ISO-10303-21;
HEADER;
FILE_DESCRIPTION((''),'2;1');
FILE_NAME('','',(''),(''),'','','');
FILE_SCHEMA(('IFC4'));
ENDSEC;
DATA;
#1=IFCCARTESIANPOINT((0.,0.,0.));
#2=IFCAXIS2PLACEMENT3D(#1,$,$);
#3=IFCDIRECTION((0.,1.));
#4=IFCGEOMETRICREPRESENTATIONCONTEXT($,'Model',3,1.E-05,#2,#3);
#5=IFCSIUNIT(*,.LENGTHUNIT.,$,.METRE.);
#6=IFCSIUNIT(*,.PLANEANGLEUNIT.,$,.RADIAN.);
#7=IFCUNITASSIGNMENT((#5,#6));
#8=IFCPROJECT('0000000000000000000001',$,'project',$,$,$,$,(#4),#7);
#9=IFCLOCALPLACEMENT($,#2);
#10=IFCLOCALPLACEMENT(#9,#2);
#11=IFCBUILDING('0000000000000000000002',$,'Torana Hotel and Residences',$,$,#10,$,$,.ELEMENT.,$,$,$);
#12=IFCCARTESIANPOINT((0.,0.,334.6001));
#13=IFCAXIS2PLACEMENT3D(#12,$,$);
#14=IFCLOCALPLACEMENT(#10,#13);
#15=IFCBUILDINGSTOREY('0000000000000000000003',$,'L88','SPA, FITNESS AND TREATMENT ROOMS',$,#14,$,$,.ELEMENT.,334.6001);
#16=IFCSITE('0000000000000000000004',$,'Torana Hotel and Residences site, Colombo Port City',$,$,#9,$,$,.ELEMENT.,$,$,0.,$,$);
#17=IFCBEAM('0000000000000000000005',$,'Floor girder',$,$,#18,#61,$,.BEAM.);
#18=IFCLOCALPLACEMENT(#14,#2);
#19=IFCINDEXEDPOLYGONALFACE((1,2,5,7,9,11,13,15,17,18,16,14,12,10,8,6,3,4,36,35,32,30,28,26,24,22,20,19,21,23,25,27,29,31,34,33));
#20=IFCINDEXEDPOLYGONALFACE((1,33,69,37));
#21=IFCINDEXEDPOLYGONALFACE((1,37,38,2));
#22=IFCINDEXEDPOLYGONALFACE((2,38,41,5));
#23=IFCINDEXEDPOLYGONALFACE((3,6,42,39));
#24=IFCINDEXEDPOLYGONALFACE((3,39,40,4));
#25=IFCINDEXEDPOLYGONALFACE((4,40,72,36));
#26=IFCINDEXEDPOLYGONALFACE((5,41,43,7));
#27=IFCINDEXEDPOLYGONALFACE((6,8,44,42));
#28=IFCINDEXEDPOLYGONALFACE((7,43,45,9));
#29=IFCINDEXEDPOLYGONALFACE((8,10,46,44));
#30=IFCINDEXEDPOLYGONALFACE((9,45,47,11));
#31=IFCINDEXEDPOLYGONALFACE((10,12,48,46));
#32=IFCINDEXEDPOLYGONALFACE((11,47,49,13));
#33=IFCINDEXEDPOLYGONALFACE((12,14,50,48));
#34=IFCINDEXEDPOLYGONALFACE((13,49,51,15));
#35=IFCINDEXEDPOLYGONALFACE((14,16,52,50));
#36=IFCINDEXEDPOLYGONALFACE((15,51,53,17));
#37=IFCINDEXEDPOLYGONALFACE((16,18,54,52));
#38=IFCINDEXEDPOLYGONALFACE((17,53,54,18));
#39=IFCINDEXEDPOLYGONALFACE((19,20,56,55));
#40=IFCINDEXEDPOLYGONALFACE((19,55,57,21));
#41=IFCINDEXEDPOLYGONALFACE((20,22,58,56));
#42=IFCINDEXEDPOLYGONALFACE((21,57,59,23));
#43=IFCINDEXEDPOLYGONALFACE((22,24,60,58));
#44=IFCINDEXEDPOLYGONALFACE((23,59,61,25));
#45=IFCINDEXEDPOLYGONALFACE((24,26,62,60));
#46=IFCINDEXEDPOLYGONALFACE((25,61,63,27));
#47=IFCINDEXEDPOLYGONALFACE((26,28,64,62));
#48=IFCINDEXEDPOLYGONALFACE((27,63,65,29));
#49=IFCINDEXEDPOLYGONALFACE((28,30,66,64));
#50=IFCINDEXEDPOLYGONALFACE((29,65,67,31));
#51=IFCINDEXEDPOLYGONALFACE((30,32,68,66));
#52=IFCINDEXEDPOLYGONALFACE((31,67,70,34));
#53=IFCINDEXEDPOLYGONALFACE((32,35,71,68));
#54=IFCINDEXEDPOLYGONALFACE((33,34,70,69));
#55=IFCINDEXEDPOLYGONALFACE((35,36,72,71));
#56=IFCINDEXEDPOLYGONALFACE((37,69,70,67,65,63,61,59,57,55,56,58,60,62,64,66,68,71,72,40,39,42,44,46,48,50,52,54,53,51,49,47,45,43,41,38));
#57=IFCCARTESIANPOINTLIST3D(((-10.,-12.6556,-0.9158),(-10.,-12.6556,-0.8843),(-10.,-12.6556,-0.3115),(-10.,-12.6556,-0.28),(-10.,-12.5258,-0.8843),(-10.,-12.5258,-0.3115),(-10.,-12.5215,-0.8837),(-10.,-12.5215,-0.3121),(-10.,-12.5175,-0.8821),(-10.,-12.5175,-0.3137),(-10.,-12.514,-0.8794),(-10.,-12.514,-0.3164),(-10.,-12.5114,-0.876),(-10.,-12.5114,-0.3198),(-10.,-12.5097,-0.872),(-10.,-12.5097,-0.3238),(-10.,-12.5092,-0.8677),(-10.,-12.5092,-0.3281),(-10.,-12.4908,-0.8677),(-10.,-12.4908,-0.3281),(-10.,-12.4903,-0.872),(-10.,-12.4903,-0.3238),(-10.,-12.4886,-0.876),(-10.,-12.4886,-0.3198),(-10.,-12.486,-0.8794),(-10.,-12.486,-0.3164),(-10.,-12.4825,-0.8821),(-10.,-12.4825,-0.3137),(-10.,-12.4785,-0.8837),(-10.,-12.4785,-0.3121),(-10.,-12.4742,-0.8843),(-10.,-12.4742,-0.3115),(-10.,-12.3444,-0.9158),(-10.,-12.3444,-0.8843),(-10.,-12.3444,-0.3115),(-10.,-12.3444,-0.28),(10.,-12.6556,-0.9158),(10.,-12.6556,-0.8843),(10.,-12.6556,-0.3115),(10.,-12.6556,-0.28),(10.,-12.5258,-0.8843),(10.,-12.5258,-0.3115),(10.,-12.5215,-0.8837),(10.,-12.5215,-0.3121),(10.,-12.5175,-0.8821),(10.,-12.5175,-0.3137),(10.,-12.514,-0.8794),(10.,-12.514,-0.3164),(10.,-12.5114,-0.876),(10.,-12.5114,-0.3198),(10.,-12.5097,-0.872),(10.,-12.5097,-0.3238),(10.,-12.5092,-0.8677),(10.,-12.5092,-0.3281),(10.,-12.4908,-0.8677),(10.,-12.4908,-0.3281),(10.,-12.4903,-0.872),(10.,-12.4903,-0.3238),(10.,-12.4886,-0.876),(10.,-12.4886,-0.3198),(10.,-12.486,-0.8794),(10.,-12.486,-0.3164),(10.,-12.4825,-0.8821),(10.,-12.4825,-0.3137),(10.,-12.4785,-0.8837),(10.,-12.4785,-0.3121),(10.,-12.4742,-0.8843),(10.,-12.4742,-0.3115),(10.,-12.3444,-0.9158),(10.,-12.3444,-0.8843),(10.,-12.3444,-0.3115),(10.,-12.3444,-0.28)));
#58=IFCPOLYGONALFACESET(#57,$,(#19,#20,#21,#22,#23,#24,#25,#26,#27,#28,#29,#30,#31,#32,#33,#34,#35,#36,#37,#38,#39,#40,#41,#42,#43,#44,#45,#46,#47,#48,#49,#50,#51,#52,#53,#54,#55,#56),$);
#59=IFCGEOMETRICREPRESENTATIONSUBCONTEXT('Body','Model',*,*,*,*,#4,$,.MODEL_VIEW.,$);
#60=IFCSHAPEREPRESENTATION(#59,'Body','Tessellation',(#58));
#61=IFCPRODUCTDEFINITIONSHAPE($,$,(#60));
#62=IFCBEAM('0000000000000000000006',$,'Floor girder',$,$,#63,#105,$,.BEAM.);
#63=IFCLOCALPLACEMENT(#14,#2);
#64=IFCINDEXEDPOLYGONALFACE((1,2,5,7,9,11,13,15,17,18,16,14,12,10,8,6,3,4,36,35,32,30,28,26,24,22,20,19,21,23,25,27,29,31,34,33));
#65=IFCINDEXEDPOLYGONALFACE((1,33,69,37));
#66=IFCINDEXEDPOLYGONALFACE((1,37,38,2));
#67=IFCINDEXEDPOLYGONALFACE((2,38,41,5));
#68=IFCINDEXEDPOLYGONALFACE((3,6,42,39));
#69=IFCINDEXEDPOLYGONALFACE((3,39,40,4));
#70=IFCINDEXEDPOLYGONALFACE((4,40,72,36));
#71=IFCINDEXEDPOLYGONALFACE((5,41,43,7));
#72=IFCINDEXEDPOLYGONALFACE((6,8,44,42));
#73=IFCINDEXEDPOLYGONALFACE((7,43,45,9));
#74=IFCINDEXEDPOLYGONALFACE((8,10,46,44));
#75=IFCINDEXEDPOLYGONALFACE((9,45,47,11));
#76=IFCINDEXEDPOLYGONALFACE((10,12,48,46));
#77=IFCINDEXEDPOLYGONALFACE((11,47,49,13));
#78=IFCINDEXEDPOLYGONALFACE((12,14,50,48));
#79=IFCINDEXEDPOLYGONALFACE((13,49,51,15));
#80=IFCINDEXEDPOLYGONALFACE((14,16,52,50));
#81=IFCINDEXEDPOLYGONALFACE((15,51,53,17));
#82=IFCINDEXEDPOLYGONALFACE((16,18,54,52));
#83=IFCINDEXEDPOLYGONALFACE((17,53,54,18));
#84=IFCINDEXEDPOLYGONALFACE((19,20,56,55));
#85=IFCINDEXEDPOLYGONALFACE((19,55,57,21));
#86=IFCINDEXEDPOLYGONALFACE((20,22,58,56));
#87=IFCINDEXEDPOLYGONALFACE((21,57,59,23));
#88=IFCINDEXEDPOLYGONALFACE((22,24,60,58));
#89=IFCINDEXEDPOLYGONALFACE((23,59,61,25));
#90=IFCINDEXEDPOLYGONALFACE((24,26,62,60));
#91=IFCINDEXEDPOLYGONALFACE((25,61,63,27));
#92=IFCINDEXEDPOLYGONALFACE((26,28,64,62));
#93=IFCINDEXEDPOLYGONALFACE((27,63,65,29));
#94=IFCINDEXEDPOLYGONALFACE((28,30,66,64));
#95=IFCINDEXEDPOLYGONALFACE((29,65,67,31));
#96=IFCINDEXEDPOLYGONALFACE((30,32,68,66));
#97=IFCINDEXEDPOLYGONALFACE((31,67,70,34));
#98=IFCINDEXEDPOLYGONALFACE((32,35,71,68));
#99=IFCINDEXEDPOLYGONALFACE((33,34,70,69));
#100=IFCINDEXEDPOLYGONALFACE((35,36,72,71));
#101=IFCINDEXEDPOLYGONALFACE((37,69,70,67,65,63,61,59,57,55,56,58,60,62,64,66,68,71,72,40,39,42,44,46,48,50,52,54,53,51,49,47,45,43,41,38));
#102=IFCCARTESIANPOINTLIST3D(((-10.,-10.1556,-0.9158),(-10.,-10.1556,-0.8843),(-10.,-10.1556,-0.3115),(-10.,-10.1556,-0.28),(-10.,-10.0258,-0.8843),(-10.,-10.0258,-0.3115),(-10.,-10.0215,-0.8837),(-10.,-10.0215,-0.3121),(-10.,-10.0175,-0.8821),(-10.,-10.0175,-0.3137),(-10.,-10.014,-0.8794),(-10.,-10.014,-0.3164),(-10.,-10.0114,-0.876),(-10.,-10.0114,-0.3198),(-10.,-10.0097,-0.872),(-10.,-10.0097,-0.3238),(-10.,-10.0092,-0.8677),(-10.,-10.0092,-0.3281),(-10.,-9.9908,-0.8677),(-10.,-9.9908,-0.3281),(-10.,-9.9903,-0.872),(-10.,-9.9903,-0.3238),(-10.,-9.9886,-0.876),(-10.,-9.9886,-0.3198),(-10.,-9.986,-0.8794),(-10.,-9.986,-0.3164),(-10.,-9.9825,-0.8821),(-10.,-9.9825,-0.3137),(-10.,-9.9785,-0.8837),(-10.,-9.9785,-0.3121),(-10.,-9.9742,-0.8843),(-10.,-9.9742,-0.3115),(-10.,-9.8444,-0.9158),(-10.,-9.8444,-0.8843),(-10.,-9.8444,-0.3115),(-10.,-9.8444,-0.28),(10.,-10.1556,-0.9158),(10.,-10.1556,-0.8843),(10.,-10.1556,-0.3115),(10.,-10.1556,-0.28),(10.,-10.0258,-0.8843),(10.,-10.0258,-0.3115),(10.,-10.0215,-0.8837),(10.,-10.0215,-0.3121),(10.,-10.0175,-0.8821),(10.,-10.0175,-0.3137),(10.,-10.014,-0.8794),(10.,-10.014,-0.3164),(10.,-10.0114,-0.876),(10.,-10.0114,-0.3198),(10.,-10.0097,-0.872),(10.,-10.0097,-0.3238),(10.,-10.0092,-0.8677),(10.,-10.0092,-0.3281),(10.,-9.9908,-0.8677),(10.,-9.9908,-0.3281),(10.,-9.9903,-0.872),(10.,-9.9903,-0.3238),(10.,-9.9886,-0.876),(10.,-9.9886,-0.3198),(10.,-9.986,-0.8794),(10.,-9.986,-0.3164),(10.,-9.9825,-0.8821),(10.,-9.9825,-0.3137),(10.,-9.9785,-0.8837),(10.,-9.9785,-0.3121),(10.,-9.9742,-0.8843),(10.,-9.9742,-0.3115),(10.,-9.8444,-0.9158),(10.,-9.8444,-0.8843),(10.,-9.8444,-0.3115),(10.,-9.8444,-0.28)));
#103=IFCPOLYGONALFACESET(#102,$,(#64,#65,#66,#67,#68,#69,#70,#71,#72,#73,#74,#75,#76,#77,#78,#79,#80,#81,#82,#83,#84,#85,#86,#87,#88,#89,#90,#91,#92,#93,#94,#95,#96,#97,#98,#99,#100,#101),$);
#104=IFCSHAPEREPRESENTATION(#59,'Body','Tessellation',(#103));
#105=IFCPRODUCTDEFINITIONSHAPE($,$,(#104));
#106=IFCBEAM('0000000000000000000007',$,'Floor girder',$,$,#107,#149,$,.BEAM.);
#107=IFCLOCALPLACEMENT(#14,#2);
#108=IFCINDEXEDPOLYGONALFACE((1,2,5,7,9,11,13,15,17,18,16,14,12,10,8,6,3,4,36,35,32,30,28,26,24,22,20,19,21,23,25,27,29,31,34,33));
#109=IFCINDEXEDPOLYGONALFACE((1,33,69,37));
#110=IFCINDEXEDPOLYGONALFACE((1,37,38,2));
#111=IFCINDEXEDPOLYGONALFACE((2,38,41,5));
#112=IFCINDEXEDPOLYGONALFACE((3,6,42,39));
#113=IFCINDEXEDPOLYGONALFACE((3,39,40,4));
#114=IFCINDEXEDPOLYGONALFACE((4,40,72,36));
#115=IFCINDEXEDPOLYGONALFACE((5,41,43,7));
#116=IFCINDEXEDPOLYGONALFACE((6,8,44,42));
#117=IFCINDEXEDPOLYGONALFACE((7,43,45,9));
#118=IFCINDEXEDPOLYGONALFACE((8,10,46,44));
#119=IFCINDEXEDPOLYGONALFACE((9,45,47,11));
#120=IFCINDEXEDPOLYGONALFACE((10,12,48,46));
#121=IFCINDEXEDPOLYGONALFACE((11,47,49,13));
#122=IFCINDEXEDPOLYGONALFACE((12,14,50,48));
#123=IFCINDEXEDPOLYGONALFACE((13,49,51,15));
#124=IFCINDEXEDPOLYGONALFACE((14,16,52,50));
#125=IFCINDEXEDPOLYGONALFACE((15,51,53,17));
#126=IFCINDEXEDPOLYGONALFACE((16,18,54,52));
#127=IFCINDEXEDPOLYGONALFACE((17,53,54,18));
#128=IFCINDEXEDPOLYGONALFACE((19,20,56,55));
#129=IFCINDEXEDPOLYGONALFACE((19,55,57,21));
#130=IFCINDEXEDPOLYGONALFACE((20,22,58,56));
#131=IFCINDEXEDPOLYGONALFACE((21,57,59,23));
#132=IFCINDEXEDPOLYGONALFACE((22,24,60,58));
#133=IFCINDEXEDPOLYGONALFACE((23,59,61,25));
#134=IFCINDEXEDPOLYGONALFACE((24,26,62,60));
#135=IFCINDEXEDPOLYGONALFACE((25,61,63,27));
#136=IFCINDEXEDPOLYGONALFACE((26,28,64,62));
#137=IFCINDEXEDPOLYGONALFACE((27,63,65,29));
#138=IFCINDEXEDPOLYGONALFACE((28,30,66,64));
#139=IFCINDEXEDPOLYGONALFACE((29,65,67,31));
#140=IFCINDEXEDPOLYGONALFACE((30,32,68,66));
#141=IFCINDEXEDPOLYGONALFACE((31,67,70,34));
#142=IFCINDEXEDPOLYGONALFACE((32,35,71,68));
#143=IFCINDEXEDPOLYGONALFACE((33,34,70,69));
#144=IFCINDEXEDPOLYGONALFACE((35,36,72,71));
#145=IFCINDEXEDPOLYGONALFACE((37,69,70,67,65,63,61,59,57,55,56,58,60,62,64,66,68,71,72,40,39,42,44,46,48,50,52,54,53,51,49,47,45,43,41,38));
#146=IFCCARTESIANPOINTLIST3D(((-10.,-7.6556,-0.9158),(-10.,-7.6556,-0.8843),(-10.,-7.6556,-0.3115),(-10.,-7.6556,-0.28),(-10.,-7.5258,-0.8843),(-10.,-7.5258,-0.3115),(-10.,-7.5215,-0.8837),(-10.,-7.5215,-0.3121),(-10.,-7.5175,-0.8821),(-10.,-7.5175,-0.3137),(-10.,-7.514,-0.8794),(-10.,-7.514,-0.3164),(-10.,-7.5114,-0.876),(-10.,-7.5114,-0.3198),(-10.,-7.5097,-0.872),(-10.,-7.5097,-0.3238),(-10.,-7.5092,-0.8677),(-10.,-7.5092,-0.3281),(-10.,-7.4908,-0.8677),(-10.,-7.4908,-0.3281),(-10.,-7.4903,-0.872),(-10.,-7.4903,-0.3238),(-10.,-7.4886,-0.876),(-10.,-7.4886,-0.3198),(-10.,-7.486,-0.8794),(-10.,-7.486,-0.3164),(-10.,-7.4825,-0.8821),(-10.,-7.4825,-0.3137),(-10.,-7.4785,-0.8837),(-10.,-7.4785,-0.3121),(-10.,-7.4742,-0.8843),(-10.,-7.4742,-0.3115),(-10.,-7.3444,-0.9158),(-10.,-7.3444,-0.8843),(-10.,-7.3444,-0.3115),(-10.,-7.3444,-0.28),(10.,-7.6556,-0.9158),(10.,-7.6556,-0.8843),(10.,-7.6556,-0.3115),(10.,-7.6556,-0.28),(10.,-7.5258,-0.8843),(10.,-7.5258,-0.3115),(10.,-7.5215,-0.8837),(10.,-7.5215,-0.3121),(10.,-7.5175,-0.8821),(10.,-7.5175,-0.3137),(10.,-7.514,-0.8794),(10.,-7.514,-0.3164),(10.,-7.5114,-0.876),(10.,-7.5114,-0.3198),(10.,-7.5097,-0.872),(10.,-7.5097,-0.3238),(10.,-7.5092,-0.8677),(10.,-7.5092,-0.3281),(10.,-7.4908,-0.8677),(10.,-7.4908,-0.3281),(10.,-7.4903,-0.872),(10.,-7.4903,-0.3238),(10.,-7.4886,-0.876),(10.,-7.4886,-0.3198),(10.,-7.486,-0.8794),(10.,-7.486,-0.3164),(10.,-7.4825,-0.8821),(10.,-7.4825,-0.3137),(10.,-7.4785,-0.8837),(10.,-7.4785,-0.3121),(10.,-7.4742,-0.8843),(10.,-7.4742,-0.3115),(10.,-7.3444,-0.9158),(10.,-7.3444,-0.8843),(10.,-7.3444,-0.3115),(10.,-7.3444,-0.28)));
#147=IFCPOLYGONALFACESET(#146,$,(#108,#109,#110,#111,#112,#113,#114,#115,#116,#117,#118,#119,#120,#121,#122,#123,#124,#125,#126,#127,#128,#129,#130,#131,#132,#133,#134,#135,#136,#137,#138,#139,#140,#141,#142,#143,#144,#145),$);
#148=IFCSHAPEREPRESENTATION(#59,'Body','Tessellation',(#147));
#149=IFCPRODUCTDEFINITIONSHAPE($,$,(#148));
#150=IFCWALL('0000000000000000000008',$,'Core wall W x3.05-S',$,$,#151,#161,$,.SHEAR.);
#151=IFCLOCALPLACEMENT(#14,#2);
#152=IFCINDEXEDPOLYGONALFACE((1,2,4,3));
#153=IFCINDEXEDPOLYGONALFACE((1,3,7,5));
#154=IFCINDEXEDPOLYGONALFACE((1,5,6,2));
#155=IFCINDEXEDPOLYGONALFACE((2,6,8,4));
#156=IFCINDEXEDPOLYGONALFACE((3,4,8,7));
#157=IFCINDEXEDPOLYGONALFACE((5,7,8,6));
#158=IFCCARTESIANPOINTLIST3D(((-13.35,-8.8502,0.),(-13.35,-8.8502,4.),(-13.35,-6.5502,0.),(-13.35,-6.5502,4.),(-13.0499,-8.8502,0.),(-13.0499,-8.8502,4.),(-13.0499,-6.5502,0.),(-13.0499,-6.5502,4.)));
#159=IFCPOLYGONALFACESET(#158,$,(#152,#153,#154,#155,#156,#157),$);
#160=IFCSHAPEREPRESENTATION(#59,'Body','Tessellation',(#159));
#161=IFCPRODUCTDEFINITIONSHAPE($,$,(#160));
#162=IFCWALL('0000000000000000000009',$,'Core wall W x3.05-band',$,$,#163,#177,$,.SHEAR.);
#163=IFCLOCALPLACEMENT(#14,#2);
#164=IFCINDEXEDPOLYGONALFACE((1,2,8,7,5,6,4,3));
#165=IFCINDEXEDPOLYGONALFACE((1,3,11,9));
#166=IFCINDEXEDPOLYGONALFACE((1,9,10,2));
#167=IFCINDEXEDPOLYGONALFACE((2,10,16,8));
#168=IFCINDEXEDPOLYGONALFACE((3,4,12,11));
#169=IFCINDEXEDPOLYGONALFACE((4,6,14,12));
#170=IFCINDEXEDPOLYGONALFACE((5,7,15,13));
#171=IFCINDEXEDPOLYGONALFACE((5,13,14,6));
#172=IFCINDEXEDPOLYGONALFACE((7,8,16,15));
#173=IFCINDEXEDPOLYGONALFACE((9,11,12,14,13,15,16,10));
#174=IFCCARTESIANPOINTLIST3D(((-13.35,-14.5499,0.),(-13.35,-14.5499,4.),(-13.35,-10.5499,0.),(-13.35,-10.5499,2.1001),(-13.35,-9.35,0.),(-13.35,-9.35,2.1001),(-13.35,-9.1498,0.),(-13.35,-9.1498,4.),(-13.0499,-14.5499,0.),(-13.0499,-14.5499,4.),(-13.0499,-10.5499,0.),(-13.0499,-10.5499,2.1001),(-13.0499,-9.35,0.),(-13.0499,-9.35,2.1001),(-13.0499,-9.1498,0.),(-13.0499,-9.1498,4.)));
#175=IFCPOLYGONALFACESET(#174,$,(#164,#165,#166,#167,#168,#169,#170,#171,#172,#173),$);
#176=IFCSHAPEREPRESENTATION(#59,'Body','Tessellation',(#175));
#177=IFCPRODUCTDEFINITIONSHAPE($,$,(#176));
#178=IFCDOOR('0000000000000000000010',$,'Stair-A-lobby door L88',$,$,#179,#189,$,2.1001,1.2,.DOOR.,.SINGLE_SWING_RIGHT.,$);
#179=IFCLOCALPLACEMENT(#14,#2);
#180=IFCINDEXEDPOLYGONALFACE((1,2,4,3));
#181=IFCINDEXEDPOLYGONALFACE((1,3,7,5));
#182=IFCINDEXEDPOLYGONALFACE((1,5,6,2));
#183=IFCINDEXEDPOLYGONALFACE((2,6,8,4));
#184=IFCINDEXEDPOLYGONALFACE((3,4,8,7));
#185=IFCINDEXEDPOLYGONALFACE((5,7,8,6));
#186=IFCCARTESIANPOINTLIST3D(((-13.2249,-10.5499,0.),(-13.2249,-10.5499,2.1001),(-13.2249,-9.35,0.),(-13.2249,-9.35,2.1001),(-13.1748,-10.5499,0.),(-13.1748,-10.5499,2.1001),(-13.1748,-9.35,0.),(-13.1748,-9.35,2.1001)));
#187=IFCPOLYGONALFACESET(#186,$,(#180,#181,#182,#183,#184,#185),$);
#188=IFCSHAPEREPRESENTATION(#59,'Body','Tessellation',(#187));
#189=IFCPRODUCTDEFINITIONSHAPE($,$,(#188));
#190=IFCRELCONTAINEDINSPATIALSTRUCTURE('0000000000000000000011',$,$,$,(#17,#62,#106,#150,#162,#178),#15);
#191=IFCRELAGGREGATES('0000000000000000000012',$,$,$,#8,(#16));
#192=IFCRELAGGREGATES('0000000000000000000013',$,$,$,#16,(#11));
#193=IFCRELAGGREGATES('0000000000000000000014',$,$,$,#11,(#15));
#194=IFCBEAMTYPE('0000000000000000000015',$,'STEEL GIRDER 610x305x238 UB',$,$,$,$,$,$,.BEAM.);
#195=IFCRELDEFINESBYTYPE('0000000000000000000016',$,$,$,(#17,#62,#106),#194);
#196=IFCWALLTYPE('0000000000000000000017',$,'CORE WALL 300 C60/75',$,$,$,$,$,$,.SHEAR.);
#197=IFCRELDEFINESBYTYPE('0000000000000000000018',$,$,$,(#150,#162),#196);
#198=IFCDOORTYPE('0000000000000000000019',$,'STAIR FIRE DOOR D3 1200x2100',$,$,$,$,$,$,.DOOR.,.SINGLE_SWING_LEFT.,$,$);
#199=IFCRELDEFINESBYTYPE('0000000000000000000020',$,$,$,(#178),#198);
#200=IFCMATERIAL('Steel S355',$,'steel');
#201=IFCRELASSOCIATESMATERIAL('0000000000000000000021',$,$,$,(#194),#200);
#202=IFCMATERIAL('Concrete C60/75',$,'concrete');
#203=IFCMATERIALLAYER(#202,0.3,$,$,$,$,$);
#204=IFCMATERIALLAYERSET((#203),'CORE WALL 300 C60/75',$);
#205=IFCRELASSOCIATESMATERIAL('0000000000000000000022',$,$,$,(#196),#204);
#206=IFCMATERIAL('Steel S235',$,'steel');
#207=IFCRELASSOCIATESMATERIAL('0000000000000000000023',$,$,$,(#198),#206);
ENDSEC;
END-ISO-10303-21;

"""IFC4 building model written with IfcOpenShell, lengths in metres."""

from ifc_helpers import new_model, si_unit, direction, frame, frame_2d, origin, origin_2d, place, context, subcontext, project, spatial, rectangle, i_section, extrude, material, layer, layer_set, material_profile, profile_set, type_object, element, fill, save


model = new_model("IFC4")

# Units and contexts
model_context = context("Model", 3, precision=1e-05, world=origin(), true_north=direction((0.0, 1.0)))
body_context = subcontext(model_context, "Body", "Model", "MODEL_VIEW")
ifc_project = project(units=[si_unit("LENGTHUNIT", "METRE"), si_unit("PLANEANGLEUNIT", "RADIAN")], contexts=[model_context])

# Site, building, storey
site_placement = place(None, origin())
site = spatial("IfcSite", under=ifc_project, at=site_placement, Name="Torana Hotel and Residences site, Colombo Port City", CompositionType="ELEMENT", RefElevation=0.0)
building_placement = place(site_placement, origin())
building = spatial("IfcBuilding", under=site, at=building_placement, Name="Torana Hotel and Residences", CompositionType="ELEMENT")
storey_placement = place(building_placement, frame((0.0, 0.0, 334.6001)))
storey = spatial("IfcBuildingStorey", under=building, at=storey_placement, Name="L88", Description="SPA, FITNESS AND TREATMENT ROOMS", CompositionType="ELEMENT", Elevation=334.6001)

# Beams
ifc_material_1 = material(Name="Steel S355", Category="steel")
ifc_material_profile = material_profile(ifc_material_1, i_section(OverallWidth=0.3113, OverallDepth=0.6357, WebThickness=0.0183, FlangeThickness=0.0315, FilletRadius=0.0166, at=origin_2d()), Name="610x305x238 UB")
ifc_profile_set = profile_set([ifc_material_profile], Name="Steel S355")
beam_type = type_object("IfcBeamType", Name="STEEL GIRDER 610x305x238 UB", PredefinedType="BEAM", material=ifc_profile_set)
for number, where, z_axis, x_axis, name in (
    (1, (-10.0, -12.5, -0.5979), (1.0, 0.0, 0.0), (0.0, 1.0, 0.0), "Floor girder"),
    (2, (-10.0, -10.0, -0.5979), (1.0, 0.0, 0.0), (0.0, 1.0, 0.0), "Floor girder"),
    (3, (-10.0, -7.5, -0.5979), (1.0, 0.0, 0.0), (0.0, 1.0, 0.0), "Floor girder"),
):
    element("IfcBeam", number, at=place(storey_placement, frame(where, z_axis=z_axis, x_axis=x_axis)), inside=storey, type_object=beam_type, Name=name, PredefinedType="BEAM", context=body_context, shape_type="SweptSolid", body=[
        extrude(i_section(OverallWidth=0.3113, OverallDepth=0.6357, WebThickness=0.0183, FlangeThickness=0.0315, FilletRadius=0.0166, at=origin_2d()), origin(), (0.0, 0.0, 1.0), 20.0),
    ])

# Wall
ifc_material_2 = material(Name="Concrete C60/75", Category="concrete")
ifc_layer_1 = layer(ifc_material_2, 0.3)
ifc_layer_set_1 = layer_set([ifc_layer_1], Name="CORE WALL 300 C60/75")
wall_type_1 = type_object("IfcWallType", Name="CORE WALL 300 C60/75", PredefinedType="SHEAR", material=ifc_layer_set_1)
wall_1_placement = place(storey_placement, frame((-13.2, -8.8501, 0.0), z_axis=(0.0, 0.0, 1.0), x_axis=(0.0, 1.0, 0.0)))
element("IfcWall", 4, at=wall_1_placement, inside=storey, type_object=wall_type_1, Name="Core wall W x3.05-S", PredefinedType="SHEAR", context=body_context, shape_type="SweptSolid", body=[
    extrude(rectangle(XDim=2.3, YDim=0.3, at=frame_2d((1.1499, 0.0))), origin(), (0.0, 0.0, 1.0), 4.0),
])

# Wall, opening, door
wall_2_placement = place(storey_placement, frame((-13.2, -14.55, 0.0), z_axis=(0.0, 0.0, 1.0), x_axis=(0.0, 1.0, 0.0)))
wall_2 = element("IfcWall", 5, at=wall_2_placement, inside=storey, type_object=wall_type_1, Name="Core wall W x3.05-band", PredefinedType="SHEAR", context=body_context, shape_type="SweptSolid", body=[
    extrude(rectangle(XDim=5.4001, YDim=0.3, at=frame_2d((2.7002, 0.0))), origin(), (0.0, 0.0, 1.0), 4.0),
])
opening_1_placement = place(wall_2_placement, frame((4.0, 0.0, 0.0)))
opening_1 = element("IfcOpeningElement", 6, at=opening_1_placement, cuts=wall_2, PredefinedType="OPENING", context=body_context, shape_type="SweptSolid", body=[
    extrude(rectangle(XDim=1.2, YDim=2.1001, at=frame_2d((0.6001, 1.05))), frame((0.0, 0.1599, 0.0), z_axis=(0.0, -1.0, 0.0), x_axis=(1.0, 0.0, 0.0)), (0.0, 0.0, 1.0), 0.3201),
])
ifc_material_3 = material(Name="Steel S235", Category="steel")
door_type_1 = type_object("IfcDoorType", Name="STAIR FIRE DOOR D3 1200x2100", OperationType="SINGLE_SWING_LEFT", PredefinedType="DOOR", material=ifc_material_3)
door_1_placement = place(opening_1_placement, frame((0.6001, 0.0, 0.0), z_axis=(0.0, 0.0, 1.0), x_axis=(-1.0, 0.0, 0.0)))
door_1 = element("IfcDoor", 7, at=door_1_placement, inside=storey, type_object=door_type_1, Name="Stair-A-lobby door L88", OperationType="SINGLE_SWING_RIGHT", OverallHeight=2.1001, OverallWidth=1.2, PredefinedType="DOOR", context=body_context, shape_type="SweptSolid", body=[
    extrude(rectangle(XDim=1.2, YDim=2.1001, at=frame_2d((0.0, 1.05))), frame((0.0, -0.0249, 0.0), z_axis=(0.0, 1.0, 0.0), x_axis=(-1.0, 0.0, 0.0)), (0.0, 0.0, 1.0), 0.05),
])
fill(opening_1, door_1)

save(model, "model.ifc")
